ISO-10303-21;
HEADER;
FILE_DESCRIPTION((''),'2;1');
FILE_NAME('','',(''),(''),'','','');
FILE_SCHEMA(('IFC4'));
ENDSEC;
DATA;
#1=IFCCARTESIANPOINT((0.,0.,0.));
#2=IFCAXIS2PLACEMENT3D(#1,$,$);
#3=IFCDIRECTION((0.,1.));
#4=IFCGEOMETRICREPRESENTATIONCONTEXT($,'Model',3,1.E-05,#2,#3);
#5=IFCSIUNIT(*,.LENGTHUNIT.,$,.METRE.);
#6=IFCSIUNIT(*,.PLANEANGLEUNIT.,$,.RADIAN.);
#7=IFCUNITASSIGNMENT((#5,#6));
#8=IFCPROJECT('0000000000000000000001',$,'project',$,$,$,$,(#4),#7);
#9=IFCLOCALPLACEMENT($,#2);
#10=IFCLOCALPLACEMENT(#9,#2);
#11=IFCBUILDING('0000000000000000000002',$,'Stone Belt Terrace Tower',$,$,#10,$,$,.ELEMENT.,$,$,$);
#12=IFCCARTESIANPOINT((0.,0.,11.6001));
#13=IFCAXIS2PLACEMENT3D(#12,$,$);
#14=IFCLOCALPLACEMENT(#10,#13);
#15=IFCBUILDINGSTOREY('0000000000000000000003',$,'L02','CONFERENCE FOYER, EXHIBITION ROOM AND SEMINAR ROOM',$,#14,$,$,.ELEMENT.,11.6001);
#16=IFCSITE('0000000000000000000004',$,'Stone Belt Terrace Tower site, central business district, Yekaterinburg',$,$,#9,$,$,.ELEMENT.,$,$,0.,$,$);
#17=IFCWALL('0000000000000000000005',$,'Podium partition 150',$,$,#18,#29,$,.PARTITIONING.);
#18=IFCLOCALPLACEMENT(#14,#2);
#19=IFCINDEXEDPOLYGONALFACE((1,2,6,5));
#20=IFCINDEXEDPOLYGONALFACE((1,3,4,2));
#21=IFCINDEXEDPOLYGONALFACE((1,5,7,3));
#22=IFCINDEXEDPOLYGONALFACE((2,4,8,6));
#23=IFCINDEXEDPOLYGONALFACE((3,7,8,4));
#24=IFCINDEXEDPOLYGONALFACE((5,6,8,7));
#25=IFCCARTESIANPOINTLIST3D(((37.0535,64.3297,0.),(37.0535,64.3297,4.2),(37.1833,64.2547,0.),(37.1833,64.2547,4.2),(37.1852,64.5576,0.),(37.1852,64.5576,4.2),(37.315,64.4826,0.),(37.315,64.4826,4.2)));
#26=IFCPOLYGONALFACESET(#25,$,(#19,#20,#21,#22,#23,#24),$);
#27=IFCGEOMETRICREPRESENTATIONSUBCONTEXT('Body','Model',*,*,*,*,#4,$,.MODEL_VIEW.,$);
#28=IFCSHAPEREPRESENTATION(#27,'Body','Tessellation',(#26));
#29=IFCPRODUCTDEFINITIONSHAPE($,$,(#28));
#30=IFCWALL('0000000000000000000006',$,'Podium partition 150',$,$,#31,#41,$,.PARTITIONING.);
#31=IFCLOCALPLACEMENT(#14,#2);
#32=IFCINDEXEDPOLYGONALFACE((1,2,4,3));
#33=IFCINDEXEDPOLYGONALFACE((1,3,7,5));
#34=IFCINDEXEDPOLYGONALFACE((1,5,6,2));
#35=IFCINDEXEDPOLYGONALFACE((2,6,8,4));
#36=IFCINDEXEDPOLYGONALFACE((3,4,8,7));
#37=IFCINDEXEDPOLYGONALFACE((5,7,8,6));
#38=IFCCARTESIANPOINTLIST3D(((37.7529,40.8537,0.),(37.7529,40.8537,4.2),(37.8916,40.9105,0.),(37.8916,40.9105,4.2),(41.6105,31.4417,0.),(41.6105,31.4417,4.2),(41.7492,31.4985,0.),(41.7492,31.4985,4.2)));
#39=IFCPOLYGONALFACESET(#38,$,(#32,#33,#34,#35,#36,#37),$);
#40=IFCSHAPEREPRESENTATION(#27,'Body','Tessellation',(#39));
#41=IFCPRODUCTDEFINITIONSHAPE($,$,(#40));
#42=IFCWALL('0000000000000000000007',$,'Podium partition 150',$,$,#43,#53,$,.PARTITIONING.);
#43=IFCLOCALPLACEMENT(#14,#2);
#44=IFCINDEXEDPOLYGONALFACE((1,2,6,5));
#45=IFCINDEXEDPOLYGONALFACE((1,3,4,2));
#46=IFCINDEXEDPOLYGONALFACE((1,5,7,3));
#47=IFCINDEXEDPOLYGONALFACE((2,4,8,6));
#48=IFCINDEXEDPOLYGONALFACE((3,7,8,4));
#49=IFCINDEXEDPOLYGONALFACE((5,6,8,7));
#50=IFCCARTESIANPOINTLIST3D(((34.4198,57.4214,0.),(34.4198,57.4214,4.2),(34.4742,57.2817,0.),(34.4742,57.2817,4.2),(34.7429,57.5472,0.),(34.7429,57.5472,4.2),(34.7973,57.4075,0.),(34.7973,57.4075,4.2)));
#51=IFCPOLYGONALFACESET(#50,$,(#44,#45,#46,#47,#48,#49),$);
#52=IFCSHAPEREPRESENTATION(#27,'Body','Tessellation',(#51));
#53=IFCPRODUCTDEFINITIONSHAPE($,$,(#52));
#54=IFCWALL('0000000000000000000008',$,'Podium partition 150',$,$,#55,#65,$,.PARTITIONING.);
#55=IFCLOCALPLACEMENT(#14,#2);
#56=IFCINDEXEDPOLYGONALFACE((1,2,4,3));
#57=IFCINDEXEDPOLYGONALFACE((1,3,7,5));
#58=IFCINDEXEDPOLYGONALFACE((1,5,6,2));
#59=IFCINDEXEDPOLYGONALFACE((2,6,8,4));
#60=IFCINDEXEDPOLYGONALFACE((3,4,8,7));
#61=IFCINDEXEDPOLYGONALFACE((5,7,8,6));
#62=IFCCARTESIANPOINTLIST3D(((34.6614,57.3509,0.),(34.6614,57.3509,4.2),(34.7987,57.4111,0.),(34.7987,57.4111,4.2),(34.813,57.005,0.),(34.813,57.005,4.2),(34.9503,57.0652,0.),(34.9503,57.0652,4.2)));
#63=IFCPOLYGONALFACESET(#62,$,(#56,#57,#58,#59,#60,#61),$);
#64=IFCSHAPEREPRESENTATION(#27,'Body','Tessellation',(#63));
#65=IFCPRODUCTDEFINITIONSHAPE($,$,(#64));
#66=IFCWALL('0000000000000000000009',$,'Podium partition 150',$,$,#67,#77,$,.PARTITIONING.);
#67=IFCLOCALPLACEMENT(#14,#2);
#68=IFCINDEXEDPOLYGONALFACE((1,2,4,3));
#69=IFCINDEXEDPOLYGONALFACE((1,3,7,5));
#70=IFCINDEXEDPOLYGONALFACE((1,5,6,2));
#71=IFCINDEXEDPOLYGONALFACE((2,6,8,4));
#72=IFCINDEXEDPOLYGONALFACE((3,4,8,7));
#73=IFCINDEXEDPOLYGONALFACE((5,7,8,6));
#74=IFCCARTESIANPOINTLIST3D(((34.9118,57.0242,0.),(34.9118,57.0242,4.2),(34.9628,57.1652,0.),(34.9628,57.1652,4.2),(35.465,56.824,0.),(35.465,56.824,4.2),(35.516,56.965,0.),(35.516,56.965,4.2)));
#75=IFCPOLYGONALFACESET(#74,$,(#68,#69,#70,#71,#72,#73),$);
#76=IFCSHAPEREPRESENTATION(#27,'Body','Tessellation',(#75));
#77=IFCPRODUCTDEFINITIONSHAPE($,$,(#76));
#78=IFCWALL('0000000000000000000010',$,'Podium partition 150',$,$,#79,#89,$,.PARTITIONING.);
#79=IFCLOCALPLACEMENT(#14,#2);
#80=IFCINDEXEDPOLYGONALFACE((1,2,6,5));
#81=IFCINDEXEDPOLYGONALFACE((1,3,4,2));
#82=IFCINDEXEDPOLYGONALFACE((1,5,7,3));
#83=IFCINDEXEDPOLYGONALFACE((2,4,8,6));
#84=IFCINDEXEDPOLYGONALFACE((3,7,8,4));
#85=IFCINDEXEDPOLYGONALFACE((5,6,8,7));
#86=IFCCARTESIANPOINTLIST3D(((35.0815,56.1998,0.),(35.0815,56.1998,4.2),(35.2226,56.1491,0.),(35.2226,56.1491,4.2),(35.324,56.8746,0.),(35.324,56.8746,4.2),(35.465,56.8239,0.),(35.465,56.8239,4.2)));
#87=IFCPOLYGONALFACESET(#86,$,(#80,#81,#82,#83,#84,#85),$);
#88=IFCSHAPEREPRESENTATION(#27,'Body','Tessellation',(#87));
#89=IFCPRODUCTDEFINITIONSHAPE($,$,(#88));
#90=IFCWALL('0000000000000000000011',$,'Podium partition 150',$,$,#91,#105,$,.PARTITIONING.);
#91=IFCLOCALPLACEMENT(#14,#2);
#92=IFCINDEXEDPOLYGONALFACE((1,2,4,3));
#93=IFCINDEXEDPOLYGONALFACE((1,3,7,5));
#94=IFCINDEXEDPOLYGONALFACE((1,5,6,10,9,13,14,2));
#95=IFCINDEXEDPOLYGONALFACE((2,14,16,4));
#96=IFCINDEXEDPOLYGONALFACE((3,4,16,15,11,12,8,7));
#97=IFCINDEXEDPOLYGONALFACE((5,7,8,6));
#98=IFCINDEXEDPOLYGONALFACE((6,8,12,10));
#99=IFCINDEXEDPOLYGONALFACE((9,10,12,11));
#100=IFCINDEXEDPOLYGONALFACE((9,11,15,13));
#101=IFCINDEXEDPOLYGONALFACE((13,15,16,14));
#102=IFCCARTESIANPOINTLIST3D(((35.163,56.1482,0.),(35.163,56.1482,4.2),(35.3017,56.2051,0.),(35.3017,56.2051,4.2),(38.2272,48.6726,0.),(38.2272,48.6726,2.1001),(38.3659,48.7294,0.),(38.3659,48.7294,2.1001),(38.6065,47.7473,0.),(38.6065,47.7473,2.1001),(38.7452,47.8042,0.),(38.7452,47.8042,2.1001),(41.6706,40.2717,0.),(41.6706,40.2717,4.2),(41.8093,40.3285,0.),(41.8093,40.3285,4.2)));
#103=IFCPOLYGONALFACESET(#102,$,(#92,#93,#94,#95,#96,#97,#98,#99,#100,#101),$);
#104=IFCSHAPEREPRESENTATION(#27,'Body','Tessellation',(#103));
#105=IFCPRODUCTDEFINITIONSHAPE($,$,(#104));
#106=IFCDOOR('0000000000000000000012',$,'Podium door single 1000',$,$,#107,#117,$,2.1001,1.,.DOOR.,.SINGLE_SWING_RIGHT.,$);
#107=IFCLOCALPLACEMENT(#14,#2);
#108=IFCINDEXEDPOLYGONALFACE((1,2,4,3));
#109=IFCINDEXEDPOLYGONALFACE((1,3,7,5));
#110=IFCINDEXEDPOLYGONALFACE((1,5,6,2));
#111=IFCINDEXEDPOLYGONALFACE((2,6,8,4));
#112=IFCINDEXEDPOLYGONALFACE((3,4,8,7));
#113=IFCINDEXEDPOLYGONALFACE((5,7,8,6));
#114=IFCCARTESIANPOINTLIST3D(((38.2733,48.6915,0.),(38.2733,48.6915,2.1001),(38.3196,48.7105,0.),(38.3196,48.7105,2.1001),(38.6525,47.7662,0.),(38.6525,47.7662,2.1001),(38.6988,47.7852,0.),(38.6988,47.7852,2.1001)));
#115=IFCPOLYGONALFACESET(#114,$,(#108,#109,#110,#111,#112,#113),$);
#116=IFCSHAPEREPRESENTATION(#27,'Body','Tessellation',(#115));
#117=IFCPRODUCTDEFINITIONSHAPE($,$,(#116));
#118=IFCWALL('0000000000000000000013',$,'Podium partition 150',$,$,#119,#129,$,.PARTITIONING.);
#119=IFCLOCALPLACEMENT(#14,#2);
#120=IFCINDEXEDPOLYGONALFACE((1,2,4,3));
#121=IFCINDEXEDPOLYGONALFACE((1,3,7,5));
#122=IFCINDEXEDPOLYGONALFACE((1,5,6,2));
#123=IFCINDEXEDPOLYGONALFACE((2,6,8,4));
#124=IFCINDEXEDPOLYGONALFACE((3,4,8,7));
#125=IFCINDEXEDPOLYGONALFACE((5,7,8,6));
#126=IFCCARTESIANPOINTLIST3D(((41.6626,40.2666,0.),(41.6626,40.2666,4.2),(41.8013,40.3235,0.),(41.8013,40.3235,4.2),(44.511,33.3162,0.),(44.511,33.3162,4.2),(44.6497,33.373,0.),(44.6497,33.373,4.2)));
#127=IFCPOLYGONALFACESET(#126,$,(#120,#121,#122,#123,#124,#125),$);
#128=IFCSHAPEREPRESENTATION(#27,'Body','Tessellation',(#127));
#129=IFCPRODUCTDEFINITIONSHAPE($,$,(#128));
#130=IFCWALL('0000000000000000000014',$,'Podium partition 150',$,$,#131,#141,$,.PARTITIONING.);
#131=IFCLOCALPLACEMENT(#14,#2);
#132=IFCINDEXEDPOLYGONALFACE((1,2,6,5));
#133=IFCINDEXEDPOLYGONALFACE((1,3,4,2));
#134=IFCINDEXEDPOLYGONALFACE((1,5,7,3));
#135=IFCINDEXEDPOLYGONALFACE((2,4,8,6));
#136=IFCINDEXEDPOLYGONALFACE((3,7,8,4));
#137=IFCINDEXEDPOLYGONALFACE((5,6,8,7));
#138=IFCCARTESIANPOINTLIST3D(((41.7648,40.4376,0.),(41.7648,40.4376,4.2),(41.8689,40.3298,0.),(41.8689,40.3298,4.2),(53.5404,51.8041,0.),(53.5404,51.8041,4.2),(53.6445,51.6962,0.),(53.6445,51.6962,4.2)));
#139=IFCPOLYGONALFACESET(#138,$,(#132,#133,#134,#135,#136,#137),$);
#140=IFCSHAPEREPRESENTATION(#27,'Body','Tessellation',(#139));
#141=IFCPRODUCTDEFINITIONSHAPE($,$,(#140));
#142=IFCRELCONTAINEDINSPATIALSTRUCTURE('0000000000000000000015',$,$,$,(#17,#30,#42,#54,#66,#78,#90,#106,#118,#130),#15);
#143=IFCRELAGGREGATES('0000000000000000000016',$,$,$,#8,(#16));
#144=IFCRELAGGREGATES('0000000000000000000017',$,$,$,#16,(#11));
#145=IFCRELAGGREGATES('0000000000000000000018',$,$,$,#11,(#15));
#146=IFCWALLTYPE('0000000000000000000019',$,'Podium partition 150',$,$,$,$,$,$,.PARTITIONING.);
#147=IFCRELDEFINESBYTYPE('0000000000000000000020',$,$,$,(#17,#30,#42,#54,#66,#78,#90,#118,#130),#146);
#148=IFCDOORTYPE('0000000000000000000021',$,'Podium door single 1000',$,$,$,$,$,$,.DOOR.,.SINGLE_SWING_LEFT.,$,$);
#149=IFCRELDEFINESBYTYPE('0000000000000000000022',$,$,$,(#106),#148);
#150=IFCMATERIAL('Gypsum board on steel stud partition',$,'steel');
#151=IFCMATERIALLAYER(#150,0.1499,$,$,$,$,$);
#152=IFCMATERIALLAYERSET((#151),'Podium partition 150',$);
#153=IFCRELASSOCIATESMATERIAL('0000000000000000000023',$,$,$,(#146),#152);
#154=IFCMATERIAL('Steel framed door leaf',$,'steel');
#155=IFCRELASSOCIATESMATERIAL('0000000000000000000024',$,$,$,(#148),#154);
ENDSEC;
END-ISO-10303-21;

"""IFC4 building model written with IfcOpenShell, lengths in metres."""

from ifc_helpers import new_model, si_unit, direction, frame, frame_2d, origin, place, context, subcontext, project, spatial, rectangle, extrude, material, layer, layer_set, type_object, element, fill, save


model = new_model("IFC4")

# Units and contexts
model_context = context("Model", 3, precision=1e-05, world=origin(), true_north=direction((0.0, 1.0)))
body_context = subcontext(model_context, "Body", "Model", "MODEL_VIEW")
ifc_project = project(units=[si_unit("LENGTHUNIT", "METRE"), si_unit("PLANEANGLEUNIT", "RADIAN")], contexts=[model_context])

# Site, building, storey
site_placement = place(None, origin())
site = spatial("IfcSite", under=ifc_project, at=site_placement, Name="Stone Belt Terrace Tower site, central business district, Yekaterinburg", CompositionType="ELEMENT", RefElevation=0.0)
building_placement = place(site_placement, origin())
building = spatial("IfcBuilding", under=site, at=building_placement, Name="Stone Belt Terrace Tower", CompositionType="ELEMENT")
storey_placement = place(building_placement, frame((0.0, 0.0, 11.6001)))
storey = spatial("IfcBuildingStorey", under=building, at=storey_placement, Name="L02", Description="CONFERENCE FOYER, EXHIBITION ROOM AND SEMINAR ROOM", CompositionType="ELEMENT", Elevation=11.6001)

# Walls
ifc_material_1 = material(Name="Gypsum board on steel stud partition", Category="steel")
ifc_layer_1 = layer(ifc_material_1, 0.1499)
ifc_layer_set_1 = layer_set([ifc_layer_1], Name="Podium partition 150")
wall_type = type_object("IfcWallType", Name="Podium partition 150", PredefinedType="PARTITIONING", material=ifc_layer_set_1)
wall_1_placement = place(storey_placement, frame((37.1184, 64.2922, 0.0), z_axis=(0.0, 0.0, 1.0), x_axis=(0.500231, 0.865892, 0.0)))
element("IfcWall", 1, at=wall_1_placement, inside=storey, type_object=wall_type, Name="Podium partition 150", PredefinedType="PARTITIONING", context=body_context, shape_type="SweptSolid", body=[
    extrude(rectangle(XDim=0.2632, YDim=0.1499, at=frame_2d((0.1316, 0.0))), origin(), (0.0, 0.0, 1.0), 4.2),
])
wall_2_placement = place(storey_placement, frame((37.8223, 40.8821, 0.0), z_axis=(0.0, 0.0, 1.0), x_axis=(0.379244, -0.925297, 0.0)))
element("IfcWall", 2, at=wall_2_placement, inside=storey, type_object=wall_type, Name="Podium partition 150", PredefinedType="PARTITIONING", context=body_context, shape_type="SweptSolid", body=[
    extrude(rectangle(XDim=10.1719, YDim=0.1499, at=frame_2d((5.0859, 0.0))), origin(), (0.0, 0.0, 1.0), 4.2),
])
wall_3_placement = place(storey_placement, frame((34.447, 57.3516, 0.0), z_axis=(0.0, 0.0, 1.0), x_axis=(0.931886, 0.362752, 0.0)))
element("IfcWall", 3, at=wall_3_placement, inside=storey, type_object=wall_type, Name="Podium partition 150", PredefinedType="PARTITIONING", context=body_context, shape_type="SweptSolid", body=[
    extrude(rectangle(XDim=0.3467, YDim=0.1499, at=frame_2d((0.1733, 0.0))), origin(), (0.0, 0.0, 1.0), 4.2),
])
wall_4_placement = place(storey_placement, frame((34.73, 57.3811, 0.0), z_axis=(0.0, 0.0, 1.0), x_axis=(0.401395, -0.915905, 0.0)))
element("IfcWall", 4, at=wall_4_placement, inside=storey, type_object=wall_type, Name="Podium partition 150", PredefinedType="PARTITIONING", context=body_context, shape_type="SweptSolid", body=[
    extrude(rectangle(XDim=0.3777, YDim=0.1499, at=frame_2d((0.189, 0.0))), origin(), (0.0, 0.0, 1.0), 4.2),
])
wall_5_placement = place(storey_placement, frame((34.9373, 57.0947, 0.0), z_axis=(0.0, 0.0, 1.0), x_axis=(0.940325, -0.340277, 0.0)))
element("IfcWall", 5, at=wall_5_placement, inside=storey, type_object=wall_type, Name="Podium partition 150", PredefinedType="PARTITIONING", context=body_context, shape_type="SweptSolid", body=[
    extrude(rectangle(XDim=0.5884, YDim=0.1499, at=frame_2d((0.2942, 0.0))), origin(), (0.0, 0.0, 1.0), 4.2),
])
wall_6_placement = place(storey_placement, frame((35.1521, 56.1746, 0.0), z_axis=(0.0, 0.0, 1.0), x_axis=(0.338104, 0.941109, 0.0)))
element("IfcWall", 6, at=wall_6_placement, inside=storey, type_object=wall_type, Name="Podium partition 150", PredefinedType="PARTITIONING", context=body_context, shape_type="SweptSolid", body=[
    extrude(rectangle(XDim=0.717, YDim=0.1499, at=frame_2d((0.3584, 0.0))), origin(), (0.0, 0.0, 1.0), 4.2),
])

# Wall, opening, door
wall_7_placement = place(storey_placement, frame((35.2324, 56.1765, 0.0), z_axis=(0.0, 0.0, 1.0), x_axis=(0.379264, -0.925288, 0.0)))
wall_7 = element("IfcWall", 7, at=wall_7_placement, inside=storey, type_object=wall_type, Name="Podium partition 150", PredefinedType="PARTITIONING", context=body_context, shape_type="SweptSolid", body=[
    extrude(rectangle(XDim=17.1584, YDim=0.1499, at=frame_2d((8.5791, 0.0))), origin(), (0.0, 0.0, 1.0), 4.2),
])
opening_placement = place(wall_7_placement, frame((8.0791, 0.0, 0.0)))
opening = element("IfcOpeningElement", 8, at=opening_placement, cuts=wall_7, PredefinedType="OPENING", context=body_context, shape_type="SweptSolid", body=[
    extrude(rectangle(XDim=1.0, YDim=2.1001, at=frame_2d((0.5, 1.05))), frame((0.0, 0.085, 0.0), z_axis=(0.0, -1.0, 0.0), x_axis=(1.0, 0.0, 0.0)), (0.0, 0.0, 1.0), 0.1699),
])
ifc_material_2 = material(Name="Steel framed door leaf", Category="steel")
door_type = type_object("IfcDoorType", Name="Podium door single 1000", OperationType="SINGLE_SWING_LEFT", PredefinedType="DOOR", material=ifc_material_2)
door_placement = place(opening_placement, origin())
door = element("IfcDoor", 9, at=door_placement, inside=storey, type_object=door_type, Name="Podium door single 1000", OperationType="SINGLE_SWING_RIGHT", OverallHeight=2.1001, OverallWidth=1.0, PredefinedType="DOOR", context=body_context, shape_type="SweptSolid", body=[
    extrude(rectangle(XDim=1.0, YDim=2.1001, at=frame_2d((0.5, 1.05))), frame((0.0, 0.0249, 0.0), z_axis=(0.0, -1.0, 0.0), x_axis=(1.0, 0.0, 0.0)), (0.0, 0.0, 1.0), 0.05),
])
fill(opening, door)

# Walls
wall_8_placement = place(storey_placement, frame((41.7319, 40.2952, 0.0), z_axis=(0.0, 0.0, 1.0), x_axis=(0.379206, -0.925312, 0.0)))
element("IfcWall", 10, at=wall_8_placement, inside=storey, type_object=wall_type, Name="Podium partition 150", PredefinedType="PARTITIONING", context=body_context, shape_type="SweptSolid", body=[
    extrude(rectangle(XDim=7.5115, YDim=0.1499, at=frame_2d((3.7559, 0.0))), origin(), (0.0, 0.0, 1.0), 4.2),
])
wall_9_placement = place(storey_placement, frame((41.8169, 40.3838, 0.0), z_axis=(0.0, 0.0, 1.0), x_axis=(0.719497, 0.694496, 0.0)))
element("IfcWall", 11, at=wall_9_placement, inside=storey, type_object=wall_type, Name="Podium partition 150", PredefinedType="PARTITIONING", context=body_context, shape_type="SweptSolid", body=[
    extrude(rectangle(XDim=16.3665, YDim=0.1499, at=frame_2d((8.1831, 0.0))), origin(), (0.0, 0.0, 1.0), 4.2),
])

save(model, "model.ifc")
